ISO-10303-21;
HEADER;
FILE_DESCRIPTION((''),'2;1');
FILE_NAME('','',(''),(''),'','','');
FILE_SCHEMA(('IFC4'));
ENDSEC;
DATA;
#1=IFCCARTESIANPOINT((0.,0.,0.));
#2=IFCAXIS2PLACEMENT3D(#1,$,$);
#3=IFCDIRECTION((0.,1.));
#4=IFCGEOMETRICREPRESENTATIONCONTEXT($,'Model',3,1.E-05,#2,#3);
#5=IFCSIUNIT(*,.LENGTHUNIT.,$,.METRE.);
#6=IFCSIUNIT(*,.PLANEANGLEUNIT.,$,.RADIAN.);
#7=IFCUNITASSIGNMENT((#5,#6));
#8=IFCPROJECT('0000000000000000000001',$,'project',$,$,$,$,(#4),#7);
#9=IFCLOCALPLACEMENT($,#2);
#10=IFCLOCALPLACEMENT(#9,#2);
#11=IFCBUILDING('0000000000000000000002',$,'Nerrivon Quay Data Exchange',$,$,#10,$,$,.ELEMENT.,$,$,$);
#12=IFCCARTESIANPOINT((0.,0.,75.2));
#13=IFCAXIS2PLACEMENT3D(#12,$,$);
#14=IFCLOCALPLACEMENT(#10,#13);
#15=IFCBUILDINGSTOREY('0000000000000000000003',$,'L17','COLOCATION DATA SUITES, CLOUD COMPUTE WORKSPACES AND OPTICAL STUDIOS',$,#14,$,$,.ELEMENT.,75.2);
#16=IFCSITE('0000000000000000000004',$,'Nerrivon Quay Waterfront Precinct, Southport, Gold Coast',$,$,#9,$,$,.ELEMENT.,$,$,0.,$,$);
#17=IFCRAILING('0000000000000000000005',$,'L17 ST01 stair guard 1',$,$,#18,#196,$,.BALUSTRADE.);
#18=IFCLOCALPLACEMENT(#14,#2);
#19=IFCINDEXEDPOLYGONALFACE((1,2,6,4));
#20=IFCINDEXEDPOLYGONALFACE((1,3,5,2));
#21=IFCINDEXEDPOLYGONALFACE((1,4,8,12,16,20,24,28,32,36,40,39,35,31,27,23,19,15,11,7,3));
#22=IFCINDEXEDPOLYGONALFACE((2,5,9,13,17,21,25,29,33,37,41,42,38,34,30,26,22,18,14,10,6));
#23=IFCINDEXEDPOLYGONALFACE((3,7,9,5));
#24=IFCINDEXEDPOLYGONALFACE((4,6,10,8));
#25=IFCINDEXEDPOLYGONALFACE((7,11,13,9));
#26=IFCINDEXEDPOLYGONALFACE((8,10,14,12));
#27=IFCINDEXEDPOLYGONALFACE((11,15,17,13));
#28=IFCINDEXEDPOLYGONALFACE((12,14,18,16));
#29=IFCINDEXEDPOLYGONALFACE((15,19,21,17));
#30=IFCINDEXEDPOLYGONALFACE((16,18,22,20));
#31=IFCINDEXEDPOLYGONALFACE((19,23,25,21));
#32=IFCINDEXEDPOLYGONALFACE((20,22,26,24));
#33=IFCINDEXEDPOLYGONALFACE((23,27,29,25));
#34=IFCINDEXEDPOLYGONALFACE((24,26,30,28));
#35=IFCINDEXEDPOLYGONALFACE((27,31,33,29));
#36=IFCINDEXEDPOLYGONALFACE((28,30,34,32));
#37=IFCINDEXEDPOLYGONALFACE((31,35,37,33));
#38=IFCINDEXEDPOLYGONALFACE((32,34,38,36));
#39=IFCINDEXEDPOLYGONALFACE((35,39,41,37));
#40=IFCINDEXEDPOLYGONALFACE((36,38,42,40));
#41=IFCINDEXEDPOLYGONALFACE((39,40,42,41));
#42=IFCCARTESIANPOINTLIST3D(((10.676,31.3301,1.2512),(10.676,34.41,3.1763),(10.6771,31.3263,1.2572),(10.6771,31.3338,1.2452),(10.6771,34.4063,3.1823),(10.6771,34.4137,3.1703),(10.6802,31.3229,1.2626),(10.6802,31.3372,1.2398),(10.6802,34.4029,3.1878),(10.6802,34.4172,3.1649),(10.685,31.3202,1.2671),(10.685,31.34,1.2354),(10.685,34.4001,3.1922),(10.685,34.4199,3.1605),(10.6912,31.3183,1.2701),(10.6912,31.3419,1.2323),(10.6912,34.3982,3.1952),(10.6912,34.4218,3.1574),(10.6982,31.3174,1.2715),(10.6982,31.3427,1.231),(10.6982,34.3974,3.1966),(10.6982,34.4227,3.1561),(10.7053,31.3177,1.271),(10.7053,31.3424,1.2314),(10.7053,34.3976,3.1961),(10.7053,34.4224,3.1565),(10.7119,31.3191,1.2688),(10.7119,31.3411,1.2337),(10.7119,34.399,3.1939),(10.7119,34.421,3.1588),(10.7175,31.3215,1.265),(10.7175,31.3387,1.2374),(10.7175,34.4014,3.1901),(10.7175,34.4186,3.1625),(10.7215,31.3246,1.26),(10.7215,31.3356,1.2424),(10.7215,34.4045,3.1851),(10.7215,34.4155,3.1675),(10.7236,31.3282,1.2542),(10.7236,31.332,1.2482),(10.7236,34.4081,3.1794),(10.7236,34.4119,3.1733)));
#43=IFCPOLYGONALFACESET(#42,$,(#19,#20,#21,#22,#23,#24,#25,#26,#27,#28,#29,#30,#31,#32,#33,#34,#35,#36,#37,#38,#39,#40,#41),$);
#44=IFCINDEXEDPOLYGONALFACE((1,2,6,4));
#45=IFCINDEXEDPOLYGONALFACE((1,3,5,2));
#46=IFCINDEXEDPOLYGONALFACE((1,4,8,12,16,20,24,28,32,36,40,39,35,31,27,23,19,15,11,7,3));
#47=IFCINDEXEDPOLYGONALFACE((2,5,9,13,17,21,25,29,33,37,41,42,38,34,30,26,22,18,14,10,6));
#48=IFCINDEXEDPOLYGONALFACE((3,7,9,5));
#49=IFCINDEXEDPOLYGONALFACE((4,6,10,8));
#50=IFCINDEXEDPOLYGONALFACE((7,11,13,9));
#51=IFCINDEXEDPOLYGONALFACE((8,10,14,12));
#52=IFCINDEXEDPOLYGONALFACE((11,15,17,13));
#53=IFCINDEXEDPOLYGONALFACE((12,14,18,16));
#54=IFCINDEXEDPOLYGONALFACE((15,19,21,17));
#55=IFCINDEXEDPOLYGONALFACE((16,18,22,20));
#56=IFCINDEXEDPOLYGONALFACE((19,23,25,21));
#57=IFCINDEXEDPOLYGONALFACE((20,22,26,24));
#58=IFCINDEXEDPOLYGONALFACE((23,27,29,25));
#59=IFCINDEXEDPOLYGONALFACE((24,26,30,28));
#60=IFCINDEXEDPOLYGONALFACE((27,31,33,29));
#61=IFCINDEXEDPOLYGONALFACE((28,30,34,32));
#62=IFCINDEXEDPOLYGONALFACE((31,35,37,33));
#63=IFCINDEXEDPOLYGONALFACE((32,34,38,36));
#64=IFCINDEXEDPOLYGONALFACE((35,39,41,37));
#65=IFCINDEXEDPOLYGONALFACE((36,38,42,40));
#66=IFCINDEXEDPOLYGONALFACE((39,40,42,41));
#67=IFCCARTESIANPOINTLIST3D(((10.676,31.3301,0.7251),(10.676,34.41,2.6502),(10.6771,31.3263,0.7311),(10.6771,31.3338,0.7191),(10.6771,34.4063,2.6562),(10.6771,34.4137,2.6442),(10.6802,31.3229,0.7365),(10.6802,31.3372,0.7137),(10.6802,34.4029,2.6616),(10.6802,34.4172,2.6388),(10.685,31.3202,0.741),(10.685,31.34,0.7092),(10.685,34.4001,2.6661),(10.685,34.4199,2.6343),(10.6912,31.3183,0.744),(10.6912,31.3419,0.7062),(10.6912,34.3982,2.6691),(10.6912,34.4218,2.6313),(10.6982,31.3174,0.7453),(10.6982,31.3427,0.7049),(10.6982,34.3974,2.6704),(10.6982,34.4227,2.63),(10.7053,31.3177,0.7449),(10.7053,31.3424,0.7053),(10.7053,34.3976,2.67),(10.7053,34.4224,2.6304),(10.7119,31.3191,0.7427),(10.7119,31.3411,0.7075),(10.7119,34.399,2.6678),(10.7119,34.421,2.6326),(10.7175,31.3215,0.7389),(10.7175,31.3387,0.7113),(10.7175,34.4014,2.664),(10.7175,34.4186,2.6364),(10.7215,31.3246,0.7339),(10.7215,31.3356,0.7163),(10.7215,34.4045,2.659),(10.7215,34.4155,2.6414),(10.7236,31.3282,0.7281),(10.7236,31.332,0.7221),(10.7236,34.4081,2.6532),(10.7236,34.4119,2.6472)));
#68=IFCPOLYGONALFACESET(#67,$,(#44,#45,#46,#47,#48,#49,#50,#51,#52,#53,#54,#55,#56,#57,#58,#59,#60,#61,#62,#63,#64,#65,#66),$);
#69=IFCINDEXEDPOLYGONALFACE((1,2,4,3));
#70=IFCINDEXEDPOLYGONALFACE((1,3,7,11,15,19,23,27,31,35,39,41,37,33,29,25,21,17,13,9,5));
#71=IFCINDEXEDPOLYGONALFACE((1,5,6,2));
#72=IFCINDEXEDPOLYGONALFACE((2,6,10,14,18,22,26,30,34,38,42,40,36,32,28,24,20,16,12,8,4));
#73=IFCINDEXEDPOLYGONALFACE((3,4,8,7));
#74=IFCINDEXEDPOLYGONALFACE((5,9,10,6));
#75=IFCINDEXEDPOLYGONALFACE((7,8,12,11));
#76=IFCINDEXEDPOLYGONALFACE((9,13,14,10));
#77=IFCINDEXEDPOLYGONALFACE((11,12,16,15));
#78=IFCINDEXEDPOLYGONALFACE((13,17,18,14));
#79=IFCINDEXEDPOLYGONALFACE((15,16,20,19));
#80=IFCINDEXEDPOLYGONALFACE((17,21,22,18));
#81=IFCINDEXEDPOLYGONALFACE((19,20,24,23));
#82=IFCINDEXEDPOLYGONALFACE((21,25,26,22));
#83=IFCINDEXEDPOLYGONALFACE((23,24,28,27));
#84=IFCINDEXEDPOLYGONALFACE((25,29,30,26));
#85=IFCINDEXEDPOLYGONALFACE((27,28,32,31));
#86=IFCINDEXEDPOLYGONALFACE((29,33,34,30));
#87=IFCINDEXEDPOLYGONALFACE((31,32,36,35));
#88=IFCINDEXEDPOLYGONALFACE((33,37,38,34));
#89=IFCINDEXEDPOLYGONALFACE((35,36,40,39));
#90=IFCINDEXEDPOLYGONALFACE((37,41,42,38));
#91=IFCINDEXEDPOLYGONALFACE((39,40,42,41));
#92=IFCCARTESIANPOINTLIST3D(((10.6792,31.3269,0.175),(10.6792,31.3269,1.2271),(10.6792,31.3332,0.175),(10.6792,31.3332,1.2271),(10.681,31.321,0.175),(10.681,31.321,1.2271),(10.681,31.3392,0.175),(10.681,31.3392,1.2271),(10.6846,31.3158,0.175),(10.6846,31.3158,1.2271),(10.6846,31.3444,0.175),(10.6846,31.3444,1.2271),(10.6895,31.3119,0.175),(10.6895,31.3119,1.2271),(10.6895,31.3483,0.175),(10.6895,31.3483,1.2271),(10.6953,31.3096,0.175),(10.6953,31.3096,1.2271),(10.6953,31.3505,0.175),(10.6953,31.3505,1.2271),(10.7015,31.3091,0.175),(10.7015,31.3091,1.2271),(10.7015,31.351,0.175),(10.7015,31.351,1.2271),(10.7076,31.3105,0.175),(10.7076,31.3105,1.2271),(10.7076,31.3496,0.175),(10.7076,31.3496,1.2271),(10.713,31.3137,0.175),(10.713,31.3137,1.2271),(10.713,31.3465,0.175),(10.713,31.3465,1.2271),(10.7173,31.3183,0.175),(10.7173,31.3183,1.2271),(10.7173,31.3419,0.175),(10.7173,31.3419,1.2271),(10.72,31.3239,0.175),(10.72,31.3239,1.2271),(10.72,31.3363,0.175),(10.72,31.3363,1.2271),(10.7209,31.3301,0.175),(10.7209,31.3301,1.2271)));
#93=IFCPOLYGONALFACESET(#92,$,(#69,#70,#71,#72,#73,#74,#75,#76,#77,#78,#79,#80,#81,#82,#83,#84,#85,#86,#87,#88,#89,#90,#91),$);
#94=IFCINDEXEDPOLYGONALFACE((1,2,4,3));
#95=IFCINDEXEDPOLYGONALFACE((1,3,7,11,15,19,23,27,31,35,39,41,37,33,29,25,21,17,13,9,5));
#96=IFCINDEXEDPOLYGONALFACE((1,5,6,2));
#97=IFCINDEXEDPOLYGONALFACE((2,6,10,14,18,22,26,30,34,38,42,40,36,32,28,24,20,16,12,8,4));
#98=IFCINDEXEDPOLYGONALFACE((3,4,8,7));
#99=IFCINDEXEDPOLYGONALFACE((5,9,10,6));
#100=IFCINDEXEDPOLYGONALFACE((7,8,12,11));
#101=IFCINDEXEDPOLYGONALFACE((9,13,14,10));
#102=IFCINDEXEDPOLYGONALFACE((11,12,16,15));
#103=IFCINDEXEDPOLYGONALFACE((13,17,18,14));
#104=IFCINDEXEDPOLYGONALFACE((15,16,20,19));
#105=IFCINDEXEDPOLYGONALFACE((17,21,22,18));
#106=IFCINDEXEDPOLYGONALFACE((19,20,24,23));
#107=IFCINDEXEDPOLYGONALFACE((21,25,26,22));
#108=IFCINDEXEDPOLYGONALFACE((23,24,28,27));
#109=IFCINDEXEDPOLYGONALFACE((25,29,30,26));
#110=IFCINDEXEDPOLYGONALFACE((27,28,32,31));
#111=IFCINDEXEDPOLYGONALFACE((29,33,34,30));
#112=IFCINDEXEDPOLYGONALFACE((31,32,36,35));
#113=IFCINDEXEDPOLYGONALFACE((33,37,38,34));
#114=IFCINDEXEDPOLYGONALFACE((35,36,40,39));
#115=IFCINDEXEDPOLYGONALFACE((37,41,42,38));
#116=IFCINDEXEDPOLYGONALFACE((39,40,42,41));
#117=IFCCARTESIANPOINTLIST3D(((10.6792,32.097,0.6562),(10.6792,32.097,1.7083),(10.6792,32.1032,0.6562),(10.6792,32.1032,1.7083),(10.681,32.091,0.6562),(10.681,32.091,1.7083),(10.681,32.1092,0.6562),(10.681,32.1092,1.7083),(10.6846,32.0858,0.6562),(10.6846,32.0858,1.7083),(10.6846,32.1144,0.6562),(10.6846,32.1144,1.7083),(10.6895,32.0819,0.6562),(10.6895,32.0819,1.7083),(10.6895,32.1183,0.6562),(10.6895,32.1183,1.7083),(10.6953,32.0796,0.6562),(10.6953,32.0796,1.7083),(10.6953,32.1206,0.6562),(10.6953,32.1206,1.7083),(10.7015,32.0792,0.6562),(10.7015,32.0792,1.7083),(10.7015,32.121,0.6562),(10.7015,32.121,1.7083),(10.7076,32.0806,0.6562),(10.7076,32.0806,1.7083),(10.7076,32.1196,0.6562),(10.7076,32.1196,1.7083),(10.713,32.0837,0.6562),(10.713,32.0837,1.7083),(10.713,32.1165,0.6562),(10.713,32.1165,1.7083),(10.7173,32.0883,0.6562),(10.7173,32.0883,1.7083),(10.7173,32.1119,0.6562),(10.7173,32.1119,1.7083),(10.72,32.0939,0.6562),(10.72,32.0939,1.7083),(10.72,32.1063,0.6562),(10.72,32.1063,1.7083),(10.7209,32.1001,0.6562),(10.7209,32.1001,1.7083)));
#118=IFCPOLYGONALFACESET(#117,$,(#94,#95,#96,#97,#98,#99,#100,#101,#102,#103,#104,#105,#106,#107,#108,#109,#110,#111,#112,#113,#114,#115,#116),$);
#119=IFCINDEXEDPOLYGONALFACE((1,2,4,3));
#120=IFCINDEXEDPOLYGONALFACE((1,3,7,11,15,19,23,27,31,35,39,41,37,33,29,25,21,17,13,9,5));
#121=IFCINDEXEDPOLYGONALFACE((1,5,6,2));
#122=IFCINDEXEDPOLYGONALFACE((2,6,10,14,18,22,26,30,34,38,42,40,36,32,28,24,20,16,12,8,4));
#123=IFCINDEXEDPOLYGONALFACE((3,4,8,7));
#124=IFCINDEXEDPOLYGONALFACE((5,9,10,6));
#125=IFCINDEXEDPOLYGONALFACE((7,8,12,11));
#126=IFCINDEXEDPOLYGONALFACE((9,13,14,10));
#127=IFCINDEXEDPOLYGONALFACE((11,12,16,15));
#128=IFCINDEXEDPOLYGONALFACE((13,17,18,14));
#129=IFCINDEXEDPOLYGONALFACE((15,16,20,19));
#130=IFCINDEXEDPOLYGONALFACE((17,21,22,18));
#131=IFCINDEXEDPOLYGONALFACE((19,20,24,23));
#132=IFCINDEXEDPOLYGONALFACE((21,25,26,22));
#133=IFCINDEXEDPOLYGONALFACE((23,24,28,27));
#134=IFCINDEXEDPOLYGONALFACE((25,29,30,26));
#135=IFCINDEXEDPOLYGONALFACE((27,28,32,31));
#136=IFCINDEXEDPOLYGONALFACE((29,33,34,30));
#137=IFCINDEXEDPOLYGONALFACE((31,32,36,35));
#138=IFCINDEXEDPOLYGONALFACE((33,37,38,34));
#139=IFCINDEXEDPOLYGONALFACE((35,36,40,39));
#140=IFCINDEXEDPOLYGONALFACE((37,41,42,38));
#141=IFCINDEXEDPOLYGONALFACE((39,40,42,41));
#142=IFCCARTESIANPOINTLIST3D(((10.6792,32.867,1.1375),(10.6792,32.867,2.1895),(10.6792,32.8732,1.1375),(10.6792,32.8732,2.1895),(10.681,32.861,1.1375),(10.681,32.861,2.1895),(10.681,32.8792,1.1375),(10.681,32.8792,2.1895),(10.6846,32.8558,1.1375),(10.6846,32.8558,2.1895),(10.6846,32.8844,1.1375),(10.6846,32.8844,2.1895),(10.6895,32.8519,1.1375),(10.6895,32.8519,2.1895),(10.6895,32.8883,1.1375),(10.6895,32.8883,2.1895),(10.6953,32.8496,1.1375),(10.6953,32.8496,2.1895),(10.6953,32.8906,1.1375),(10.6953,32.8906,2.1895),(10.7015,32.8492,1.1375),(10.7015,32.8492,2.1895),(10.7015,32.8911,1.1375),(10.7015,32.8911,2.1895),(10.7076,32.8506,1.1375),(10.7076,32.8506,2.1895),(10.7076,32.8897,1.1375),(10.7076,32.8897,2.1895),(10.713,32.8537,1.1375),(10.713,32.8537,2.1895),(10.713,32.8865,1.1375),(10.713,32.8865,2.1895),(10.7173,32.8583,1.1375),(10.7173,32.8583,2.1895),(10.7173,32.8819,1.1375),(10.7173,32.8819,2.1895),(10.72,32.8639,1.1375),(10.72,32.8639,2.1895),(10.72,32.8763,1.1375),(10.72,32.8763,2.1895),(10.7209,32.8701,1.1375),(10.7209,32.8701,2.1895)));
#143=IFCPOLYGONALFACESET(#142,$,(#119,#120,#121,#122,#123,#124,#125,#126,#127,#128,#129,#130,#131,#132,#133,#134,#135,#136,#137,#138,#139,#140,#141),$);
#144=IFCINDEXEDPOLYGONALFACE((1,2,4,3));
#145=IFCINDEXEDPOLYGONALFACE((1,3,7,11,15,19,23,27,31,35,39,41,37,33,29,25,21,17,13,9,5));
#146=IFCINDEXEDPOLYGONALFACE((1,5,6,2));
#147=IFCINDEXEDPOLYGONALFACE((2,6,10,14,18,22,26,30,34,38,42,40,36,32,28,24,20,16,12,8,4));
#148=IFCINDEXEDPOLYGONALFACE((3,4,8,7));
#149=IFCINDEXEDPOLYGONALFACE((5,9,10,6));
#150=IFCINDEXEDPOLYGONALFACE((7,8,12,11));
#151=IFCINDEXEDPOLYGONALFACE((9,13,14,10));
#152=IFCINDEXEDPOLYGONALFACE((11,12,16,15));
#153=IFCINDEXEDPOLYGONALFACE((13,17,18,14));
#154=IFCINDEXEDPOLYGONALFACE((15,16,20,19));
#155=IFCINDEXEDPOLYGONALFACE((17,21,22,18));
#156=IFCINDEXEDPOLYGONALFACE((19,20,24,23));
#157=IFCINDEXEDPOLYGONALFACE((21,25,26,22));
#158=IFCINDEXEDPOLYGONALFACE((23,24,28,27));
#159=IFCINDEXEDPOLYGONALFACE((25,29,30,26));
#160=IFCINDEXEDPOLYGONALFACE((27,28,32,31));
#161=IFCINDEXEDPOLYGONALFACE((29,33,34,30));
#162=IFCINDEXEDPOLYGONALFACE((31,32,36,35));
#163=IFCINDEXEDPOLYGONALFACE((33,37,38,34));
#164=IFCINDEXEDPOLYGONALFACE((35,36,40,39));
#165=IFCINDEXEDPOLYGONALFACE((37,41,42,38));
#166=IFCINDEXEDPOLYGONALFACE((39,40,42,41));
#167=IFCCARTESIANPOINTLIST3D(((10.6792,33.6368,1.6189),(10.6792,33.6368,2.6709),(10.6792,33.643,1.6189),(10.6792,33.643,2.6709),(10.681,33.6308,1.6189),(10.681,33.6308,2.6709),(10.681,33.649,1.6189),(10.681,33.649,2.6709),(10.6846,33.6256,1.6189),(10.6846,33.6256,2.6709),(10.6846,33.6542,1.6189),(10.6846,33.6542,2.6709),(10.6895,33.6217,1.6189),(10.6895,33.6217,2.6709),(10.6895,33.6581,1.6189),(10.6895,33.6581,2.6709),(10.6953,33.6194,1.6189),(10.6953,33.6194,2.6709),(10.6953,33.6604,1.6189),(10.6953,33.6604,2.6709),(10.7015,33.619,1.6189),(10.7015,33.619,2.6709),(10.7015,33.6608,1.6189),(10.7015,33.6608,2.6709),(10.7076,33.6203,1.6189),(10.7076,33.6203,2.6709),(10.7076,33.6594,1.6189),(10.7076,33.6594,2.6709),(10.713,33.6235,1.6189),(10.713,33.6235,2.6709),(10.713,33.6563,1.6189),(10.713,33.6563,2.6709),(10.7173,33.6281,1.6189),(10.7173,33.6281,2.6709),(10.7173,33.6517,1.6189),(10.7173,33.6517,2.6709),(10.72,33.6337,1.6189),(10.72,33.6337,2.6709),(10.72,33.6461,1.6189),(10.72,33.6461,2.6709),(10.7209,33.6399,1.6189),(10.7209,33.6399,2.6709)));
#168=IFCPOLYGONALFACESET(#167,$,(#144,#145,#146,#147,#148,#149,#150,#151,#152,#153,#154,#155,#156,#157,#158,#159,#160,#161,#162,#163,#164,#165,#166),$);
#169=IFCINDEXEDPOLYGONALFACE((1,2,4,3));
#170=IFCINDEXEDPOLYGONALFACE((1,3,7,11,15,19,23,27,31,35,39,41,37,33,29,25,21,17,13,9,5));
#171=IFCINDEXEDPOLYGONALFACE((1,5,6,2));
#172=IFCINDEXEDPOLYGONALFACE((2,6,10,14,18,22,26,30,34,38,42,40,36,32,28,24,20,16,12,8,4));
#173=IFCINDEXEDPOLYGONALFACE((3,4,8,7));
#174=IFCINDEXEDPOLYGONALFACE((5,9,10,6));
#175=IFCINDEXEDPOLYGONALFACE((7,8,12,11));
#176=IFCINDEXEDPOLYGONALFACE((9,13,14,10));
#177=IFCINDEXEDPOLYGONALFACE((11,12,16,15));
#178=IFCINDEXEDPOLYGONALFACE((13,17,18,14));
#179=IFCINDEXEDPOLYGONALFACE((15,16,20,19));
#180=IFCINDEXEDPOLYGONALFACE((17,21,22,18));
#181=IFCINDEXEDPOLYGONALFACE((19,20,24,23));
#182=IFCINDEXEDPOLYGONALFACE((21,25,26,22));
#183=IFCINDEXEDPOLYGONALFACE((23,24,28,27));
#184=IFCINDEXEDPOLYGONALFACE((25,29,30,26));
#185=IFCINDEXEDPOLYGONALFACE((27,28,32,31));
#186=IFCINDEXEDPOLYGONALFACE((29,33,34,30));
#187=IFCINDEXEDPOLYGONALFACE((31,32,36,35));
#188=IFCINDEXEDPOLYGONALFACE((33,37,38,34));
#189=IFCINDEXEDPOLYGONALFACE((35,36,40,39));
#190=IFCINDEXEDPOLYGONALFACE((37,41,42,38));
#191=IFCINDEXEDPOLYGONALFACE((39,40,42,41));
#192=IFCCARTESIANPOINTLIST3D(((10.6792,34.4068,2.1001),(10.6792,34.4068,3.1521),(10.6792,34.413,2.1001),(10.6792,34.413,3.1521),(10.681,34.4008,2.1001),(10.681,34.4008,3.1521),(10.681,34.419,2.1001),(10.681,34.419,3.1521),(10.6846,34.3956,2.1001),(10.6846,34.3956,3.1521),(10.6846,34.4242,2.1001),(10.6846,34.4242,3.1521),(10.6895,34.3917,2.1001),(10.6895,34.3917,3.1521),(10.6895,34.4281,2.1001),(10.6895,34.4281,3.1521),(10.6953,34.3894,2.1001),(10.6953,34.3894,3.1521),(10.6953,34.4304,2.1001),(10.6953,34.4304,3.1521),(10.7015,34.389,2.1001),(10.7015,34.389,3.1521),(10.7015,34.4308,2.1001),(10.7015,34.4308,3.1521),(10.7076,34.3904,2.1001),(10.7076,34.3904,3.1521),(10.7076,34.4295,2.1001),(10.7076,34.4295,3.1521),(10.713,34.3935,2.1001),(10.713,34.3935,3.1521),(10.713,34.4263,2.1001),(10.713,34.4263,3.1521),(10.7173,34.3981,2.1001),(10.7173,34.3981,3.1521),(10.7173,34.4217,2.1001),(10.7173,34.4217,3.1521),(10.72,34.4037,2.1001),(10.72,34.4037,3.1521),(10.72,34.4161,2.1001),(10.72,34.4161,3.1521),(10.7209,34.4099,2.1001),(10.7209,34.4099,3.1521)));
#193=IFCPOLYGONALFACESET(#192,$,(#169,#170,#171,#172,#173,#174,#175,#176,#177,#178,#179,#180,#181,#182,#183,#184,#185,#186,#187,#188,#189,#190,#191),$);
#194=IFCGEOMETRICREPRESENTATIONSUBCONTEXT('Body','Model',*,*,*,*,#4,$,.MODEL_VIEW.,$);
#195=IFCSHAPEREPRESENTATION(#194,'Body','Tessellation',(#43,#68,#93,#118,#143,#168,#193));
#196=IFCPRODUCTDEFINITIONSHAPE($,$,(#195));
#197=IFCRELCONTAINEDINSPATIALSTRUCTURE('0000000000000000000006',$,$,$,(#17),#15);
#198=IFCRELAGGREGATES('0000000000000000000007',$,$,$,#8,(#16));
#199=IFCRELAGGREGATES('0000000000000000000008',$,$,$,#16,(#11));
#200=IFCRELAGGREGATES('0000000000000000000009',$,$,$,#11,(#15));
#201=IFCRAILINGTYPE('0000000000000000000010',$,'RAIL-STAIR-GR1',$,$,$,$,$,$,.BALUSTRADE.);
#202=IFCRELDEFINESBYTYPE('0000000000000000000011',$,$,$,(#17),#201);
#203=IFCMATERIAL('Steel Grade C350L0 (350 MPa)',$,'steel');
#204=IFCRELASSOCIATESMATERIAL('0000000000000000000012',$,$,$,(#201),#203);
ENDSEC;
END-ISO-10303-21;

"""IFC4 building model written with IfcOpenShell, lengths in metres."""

from ifc_helpers import new_model, si_unit, direction, frame, origin, origin_2d, place, context, subcontext, project, spatial, circle, extrude, material, type_object, element, save


model = new_model("IFC4")

# Units and contexts
model_context = context("Model", 3, precision=1e-05, world=origin(), true_north=direction((0.0, 1.0)))
body_context = subcontext(model_context, "Body", "Model", "MODEL_VIEW")
ifc_project = project(units=[si_unit("LENGTHUNIT", "METRE"), si_unit("PLANEANGLEUNIT", "RADIAN")], contexts=[model_context])

# Site, building, storey
site_placement = place(None, origin())
site = spatial("IfcSite", under=ifc_project, at=site_placement, Name="Nerrivon Quay Waterfront Precinct, Southport, Gold Coast", CompositionType="ELEMENT", RefElevation=0.0)
building_placement = place(site_placement, origin())
building = spatial("IfcBuilding", under=site, at=building_placement, Name="Nerrivon Quay Data Exchange", CompositionType="ELEMENT")
storey_placement = place(building_placement, frame((0.0, 0.0, 75.2)))
storey = spatial("IfcBuildingStorey", under=building, at=storey_placement, Name="L17", Description="COLOCATION DATA SUITES, CLOUD COMPUTE WORKSPACES AND OPTICAL STUDIOS", CompositionType="ELEMENT", Elevation=75.2)

# Railing
ifc_material_1 = material(Name="Steel Grade C350L0 (350 MPa)", Category="steel")
railing_type_1 = type_object("IfcRailingType", Name="RAIL-STAIR-GR1", PredefinedType="BALUSTRADE", material=ifc_material_1)
railing_1_placement = place(storey_placement, frame((10.7, 31.3301, 0.175)))
element("IfcRailing", 1, at=railing_1_placement, inside=storey, type_object=railing_type_1, Name="L17 ST01 stair guard 1", PredefinedType="BALUSTRADE", context=body_context, shape_type="SweptSolid", body=[
    extrude(circle(Radius=0.0239, at=origin_2d()), frame((0.0, 0.0, 1.0762), z_axis=(0.0, 0.847979, 0.530029), x_axis=(-1.0, 0.0, 0.0)), (0.0, 0.0, 1.0), 3.6321),
    extrude(circle(Radius=0.0239, at=origin_2d()), frame((0.0, 0.0, 0.55), z_axis=(0.0, 0.847979, 0.530029), x_axis=(-1.0, 0.0, 0.0)), (0.0, 0.0, 1.0), 3.6321),
    extrude(circle(Radius=0.021, at=origin_2d()), origin(), (0.0, 0.0, 1.0), 1.052),
    extrude(circle(Radius=0.021, at=origin_2d()), frame((0.0, 0.77, 0.4812)), (0.0, 0.0, 1.0), 1.052),
    extrude(circle(Radius=0.021, at=origin_2d()), frame((0.0, 1.54, 0.9624)), (0.0, 0.0, 1.0), 1.052),
    extrude(circle(Radius=0.021, at=origin_2d()), frame((0.0, 2.3098, 1.4438)), (0.0, 0.0, 1.0), 1.052),
    extrude(circle(Radius=0.021, at=origin_2d()), frame((0.0, 3.0798, 1.925)), (0.0, 0.0, 1.0), 1.052),
])

save(model, "model.ifc")
